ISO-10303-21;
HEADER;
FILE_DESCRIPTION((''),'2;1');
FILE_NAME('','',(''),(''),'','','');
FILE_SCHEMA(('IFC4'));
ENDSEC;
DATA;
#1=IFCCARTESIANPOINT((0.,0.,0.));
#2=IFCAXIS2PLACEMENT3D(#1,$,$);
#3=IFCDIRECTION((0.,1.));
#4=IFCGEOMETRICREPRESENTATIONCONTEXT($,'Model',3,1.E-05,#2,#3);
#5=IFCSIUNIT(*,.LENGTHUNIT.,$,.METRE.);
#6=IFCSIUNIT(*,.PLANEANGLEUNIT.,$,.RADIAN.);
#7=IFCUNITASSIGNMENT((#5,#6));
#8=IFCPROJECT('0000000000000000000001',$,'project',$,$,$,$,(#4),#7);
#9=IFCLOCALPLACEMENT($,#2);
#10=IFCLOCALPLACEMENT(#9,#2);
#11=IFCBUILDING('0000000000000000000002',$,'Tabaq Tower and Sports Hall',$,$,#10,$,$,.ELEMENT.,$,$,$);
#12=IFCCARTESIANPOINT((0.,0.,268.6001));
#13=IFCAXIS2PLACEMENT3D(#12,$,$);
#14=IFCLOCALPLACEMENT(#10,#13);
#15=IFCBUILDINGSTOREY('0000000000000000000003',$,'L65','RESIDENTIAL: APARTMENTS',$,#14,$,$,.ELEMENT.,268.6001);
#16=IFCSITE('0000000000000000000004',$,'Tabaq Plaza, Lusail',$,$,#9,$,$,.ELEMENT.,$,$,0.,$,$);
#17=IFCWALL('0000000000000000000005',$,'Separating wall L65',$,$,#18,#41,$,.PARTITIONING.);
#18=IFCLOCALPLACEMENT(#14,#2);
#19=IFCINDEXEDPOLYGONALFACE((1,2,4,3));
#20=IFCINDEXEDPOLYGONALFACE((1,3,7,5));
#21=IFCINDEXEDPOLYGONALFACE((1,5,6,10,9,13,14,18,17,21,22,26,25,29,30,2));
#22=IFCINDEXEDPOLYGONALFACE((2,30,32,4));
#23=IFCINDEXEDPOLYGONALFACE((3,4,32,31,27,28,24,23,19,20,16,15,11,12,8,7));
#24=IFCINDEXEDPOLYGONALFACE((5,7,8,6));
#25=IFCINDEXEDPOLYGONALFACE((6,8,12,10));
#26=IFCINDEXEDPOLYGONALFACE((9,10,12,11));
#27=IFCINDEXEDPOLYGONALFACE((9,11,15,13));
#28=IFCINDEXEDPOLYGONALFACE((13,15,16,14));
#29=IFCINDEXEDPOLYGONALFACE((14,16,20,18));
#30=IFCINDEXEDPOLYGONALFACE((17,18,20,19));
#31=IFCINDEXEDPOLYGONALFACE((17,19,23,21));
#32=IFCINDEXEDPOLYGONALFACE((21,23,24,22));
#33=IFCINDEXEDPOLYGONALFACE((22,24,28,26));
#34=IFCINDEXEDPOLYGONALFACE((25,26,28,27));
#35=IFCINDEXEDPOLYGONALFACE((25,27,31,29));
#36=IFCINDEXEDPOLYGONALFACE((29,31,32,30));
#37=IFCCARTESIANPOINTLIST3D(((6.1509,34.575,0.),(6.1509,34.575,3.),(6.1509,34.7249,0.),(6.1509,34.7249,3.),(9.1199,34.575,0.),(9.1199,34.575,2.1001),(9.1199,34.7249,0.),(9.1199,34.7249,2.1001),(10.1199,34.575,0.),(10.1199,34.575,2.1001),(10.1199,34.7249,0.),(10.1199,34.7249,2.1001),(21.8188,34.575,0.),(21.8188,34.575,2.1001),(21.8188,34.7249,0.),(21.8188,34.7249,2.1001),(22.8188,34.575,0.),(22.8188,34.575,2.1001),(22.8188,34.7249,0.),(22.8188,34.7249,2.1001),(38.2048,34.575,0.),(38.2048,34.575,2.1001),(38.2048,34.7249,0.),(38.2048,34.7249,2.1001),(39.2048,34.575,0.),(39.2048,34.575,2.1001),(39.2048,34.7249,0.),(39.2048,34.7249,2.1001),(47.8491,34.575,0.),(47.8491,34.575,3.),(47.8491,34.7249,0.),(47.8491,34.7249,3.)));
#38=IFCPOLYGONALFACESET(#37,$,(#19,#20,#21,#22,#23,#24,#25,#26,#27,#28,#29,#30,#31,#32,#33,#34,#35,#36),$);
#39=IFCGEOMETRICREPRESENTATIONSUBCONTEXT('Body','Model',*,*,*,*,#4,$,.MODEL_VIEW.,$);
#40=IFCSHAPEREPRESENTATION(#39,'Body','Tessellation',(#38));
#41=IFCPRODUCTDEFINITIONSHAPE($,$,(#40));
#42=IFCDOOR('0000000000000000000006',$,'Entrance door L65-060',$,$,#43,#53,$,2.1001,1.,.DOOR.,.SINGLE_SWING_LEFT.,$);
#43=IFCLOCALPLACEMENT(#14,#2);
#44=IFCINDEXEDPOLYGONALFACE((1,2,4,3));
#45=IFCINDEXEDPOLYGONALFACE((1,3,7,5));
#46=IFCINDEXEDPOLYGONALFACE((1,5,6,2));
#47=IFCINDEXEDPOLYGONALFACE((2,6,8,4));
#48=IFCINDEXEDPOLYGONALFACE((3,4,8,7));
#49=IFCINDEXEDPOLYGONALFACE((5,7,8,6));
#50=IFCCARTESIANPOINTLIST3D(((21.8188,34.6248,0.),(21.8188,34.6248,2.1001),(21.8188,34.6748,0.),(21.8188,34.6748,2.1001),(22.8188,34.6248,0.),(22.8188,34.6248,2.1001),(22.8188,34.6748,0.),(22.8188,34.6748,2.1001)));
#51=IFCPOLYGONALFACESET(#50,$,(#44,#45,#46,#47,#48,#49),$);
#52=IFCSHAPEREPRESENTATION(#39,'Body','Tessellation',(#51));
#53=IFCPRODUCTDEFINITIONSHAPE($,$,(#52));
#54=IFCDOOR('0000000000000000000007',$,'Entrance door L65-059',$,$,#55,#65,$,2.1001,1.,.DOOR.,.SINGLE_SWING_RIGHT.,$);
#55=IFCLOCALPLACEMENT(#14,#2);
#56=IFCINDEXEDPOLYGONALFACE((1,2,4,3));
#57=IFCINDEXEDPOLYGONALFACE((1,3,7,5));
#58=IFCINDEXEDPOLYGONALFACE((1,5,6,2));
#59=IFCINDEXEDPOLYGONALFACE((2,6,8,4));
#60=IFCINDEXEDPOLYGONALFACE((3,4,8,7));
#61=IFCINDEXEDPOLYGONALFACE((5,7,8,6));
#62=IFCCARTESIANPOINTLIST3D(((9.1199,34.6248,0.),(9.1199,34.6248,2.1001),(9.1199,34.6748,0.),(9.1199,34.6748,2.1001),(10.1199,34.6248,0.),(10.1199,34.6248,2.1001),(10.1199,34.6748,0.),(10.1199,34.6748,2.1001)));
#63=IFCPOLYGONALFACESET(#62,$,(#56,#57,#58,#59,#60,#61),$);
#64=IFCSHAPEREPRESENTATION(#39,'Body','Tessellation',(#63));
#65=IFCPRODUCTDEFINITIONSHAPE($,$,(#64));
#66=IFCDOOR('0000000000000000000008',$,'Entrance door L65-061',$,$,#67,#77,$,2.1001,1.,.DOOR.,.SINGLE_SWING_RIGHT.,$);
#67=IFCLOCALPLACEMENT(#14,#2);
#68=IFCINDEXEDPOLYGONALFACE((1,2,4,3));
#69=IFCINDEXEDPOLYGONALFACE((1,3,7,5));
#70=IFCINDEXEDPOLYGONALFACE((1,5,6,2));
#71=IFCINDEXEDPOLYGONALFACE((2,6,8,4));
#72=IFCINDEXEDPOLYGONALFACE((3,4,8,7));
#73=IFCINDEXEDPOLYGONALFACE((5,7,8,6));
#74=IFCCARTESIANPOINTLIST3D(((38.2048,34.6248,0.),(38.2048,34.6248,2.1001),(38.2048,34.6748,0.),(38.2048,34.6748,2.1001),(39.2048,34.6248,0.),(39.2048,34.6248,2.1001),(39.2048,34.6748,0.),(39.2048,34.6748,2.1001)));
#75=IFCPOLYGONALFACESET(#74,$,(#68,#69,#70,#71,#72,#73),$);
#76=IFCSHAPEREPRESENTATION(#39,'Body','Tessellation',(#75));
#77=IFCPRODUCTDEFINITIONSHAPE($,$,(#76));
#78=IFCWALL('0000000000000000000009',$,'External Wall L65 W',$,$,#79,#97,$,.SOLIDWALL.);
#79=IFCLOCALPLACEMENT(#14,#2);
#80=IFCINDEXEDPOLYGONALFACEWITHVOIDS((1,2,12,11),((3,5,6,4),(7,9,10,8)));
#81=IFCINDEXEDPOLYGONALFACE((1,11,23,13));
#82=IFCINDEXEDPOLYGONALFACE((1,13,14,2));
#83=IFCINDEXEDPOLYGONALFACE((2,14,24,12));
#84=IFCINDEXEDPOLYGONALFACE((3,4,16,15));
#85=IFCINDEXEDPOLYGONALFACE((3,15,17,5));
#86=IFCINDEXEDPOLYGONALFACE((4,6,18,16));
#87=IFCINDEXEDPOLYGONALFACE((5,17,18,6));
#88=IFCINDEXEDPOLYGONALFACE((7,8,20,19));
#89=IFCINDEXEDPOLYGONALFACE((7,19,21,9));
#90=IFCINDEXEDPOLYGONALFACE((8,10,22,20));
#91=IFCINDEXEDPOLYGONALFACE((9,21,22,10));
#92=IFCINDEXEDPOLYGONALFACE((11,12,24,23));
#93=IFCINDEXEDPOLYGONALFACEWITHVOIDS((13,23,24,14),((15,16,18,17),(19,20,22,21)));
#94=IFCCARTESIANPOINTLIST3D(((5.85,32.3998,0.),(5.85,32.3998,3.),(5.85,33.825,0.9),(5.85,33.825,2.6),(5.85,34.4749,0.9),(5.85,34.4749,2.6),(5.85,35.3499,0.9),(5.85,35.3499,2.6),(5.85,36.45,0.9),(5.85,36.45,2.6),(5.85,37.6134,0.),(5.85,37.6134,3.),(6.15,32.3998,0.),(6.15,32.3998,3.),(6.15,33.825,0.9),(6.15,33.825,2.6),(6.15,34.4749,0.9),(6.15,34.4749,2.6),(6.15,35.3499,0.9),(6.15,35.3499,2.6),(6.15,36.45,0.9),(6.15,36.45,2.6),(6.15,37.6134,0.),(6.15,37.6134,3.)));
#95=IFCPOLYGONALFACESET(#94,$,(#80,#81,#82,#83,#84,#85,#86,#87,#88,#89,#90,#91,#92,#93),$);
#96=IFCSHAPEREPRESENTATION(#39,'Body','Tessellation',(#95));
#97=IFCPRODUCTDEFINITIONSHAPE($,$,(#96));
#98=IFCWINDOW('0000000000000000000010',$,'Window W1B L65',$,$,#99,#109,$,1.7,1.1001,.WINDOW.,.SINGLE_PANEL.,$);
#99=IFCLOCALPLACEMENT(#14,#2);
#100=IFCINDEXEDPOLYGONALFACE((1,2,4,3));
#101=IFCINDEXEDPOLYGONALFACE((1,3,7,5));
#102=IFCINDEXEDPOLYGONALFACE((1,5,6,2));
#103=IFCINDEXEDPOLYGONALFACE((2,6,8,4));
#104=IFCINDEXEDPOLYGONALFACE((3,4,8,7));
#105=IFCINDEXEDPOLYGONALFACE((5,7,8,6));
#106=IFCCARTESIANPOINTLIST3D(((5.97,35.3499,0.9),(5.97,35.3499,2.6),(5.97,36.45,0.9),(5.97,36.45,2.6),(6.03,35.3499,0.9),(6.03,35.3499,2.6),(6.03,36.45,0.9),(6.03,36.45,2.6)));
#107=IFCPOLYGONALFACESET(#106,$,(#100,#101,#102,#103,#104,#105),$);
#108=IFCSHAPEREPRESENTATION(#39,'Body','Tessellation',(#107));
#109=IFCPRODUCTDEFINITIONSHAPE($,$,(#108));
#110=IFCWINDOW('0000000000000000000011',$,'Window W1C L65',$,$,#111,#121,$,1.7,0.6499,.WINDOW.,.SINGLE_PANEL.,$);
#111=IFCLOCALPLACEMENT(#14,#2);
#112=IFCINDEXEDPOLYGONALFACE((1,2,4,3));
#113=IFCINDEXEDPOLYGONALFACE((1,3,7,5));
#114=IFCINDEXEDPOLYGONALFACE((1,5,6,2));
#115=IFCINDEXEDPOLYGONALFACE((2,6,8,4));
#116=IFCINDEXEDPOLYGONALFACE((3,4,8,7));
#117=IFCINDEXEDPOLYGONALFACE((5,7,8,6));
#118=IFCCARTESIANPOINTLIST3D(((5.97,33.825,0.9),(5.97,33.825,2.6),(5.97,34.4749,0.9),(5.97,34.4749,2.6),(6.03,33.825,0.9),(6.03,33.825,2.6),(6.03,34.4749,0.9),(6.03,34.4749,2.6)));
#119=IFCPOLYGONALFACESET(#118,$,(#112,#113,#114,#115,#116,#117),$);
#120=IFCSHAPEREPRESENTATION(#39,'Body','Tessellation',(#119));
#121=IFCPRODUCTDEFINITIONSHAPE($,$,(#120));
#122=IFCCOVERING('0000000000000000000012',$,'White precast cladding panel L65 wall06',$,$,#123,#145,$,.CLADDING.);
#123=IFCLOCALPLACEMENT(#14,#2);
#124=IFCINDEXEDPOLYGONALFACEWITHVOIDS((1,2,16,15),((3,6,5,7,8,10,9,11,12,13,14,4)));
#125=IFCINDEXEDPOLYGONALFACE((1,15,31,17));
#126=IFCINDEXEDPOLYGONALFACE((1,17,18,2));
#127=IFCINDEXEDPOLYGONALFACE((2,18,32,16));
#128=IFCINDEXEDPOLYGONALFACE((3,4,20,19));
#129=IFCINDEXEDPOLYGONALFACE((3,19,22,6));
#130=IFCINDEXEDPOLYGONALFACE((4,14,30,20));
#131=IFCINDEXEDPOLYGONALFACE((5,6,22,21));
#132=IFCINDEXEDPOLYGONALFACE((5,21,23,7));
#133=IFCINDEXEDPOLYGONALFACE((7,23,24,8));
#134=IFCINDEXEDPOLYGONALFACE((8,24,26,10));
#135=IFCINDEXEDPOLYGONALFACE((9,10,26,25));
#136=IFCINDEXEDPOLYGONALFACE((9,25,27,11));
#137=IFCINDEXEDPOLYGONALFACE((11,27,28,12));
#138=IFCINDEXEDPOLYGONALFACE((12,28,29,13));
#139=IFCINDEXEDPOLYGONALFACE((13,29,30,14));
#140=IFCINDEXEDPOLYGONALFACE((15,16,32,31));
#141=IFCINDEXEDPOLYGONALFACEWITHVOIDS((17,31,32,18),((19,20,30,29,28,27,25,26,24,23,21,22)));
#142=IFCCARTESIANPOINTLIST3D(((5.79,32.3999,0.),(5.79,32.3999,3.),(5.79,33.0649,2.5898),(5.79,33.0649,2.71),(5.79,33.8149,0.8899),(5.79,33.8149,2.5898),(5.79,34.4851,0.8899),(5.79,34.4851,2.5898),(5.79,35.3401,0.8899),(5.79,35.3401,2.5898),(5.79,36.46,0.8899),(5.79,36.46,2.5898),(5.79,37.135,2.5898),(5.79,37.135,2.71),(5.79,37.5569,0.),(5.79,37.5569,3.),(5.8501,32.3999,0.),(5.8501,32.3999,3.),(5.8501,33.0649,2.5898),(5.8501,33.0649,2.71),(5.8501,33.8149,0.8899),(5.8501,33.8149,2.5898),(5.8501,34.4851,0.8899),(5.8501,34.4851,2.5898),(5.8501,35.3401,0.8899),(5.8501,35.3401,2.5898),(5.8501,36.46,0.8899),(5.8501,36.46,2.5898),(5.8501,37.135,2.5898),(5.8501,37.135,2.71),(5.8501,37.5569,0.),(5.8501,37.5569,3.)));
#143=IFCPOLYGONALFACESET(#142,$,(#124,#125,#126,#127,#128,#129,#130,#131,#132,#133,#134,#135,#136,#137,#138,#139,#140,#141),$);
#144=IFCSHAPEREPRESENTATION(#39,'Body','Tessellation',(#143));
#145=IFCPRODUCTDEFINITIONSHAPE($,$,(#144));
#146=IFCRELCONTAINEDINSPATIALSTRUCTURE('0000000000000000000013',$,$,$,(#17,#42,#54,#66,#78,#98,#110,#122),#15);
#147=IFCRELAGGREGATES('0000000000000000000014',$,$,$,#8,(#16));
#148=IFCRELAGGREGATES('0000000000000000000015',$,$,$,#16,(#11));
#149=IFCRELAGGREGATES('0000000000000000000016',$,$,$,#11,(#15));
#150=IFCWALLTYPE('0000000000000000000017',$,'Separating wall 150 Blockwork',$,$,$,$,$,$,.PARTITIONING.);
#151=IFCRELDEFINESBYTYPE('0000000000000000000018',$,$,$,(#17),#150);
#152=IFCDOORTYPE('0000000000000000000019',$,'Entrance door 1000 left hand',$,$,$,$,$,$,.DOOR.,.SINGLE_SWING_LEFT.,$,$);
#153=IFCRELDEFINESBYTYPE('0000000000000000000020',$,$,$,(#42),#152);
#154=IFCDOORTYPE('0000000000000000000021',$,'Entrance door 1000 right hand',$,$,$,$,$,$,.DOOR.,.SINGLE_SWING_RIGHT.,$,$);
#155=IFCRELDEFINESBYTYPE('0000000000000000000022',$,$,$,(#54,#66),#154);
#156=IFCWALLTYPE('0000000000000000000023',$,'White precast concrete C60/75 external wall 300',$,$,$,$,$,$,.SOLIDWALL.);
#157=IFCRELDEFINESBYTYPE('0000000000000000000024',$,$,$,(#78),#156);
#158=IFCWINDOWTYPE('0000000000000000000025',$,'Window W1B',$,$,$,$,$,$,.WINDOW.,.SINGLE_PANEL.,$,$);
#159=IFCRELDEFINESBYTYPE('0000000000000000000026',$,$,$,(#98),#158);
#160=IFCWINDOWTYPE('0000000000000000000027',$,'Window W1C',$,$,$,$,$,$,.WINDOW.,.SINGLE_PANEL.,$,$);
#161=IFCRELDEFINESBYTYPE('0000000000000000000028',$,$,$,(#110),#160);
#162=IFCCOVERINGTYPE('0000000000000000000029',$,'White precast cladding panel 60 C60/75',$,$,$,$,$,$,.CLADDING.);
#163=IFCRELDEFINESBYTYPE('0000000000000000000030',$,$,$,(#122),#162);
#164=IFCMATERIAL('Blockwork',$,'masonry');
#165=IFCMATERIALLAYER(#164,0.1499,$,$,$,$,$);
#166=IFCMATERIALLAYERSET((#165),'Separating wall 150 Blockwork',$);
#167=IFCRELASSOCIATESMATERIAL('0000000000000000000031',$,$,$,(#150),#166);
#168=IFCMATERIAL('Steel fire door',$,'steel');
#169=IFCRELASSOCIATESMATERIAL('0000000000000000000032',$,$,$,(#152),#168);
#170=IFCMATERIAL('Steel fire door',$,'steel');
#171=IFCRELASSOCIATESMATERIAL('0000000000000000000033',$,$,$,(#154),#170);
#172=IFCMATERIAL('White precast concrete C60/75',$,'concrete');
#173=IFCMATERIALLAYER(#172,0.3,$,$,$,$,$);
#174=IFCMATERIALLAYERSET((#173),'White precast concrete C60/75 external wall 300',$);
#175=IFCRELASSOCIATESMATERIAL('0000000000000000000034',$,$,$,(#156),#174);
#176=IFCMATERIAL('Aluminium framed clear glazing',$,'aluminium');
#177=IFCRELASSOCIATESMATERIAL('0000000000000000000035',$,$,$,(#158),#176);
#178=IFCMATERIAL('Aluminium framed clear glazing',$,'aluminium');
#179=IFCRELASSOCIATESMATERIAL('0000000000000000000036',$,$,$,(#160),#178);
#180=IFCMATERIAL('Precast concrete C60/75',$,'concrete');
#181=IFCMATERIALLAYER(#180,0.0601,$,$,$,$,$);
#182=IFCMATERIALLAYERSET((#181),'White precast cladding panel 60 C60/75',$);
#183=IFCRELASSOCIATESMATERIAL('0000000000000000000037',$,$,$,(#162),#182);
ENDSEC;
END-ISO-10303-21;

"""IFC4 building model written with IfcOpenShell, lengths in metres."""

from ifc_helpers import new_model, si_unit, direction, frame, frame_2d, origin, place, context, subcontext, project, spatial, polyline, rectangle, outline, extrude, material, layer, layer_set, type_object, element, fill, save


model = new_model("IFC4")

# Units and contexts
model_context = context("Model", 3, precision=1e-05, world=origin(), true_north=direction((0.0, 1.0)))
body_context = subcontext(model_context, "Body", "Model", "MODEL_VIEW")
ifc_project = project(units=[si_unit("LENGTHUNIT", "METRE"), si_unit("PLANEANGLEUNIT", "RADIAN")], contexts=[model_context])

# Site, building, storey
site_placement = place(None, origin())
site = spatial("IfcSite", under=ifc_project, at=site_placement, Name="Tabaq Plaza, Lusail", CompositionType="ELEMENT", RefElevation=0.0)
building_placement = place(site_placement, origin())
building = spatial("IfcBuilding", under=site, at=building_placement, Name="Tabaq Tower and Sports Hall", CompositionType="ELEMENT")
storey_placement = place(building_placement, frame((0.0, 0.0, 268.6001)))
storey = spatial("IfcBuildingStorey", under=building, at=storey_placement, Name="L65", Description="RESIDENTIAL: APARTMENTS", CompositionType="ELEMENT", Elevation=268.6001)

# Wall, openings, doors
ifc_material_1 = material(Name="Blockwork", Category="masonry")
ifc_layer_1 = layer(ifc_material_1, 0.1499)
ifc_layer_set_1 = layer_set([ifc_layer_1], Name="Separating wall 150 Blockwork")
wall_type_1 = type_object("IfcWallType", Name="Separating wall 150 Blockwork", PredefinedType="PARTITIONING", material=ifc_layer_set_1)
wall_1_placement = place(storey_placement, frame((6.1509, 34.6499, 0.0), z_axis=(0.0, 0.0, 1.0), x_axis=(1.0, 0.0, 0.0)))
wall_1 = element("IfcWall", 1, at=wall_1_placement, inside=storey, type_object=wall_type_1, Name="Separating wall L65", PredefinedType="PARTITIONING", context=body_context, shape_type="SweptSolid", body=[
    extrude(rectangle(XDim=41.6982, YDim=0.1499, at=frame_2d((20.8491, 0.0))), origin(), (0.0, 0.0, 1.0), 3.0),
])
opening_1_placement = place(wall_1_placement, frame((2.969, 0.0, 0.0)))
opening_1 = element("IfcOpeningElement", 2, at=opening_1_placement, cuts=wall_1, PredefinedType="OPENING", context=body_context, shape_type="SweptSolid", body=[
    extrude(rectangle(XDim=1.0, YDim=2.1001, at=frame_2d((0.5, 1.05))), frame((0.0, 0.075, 0.0), z_axis=(0.0, -1.0, 0.0), x_axis=(1.0, 0.0, 0.0)), (0.0, 0.0, 1.0), 0.1499),
])
opening_2_placement = place(wall_1_placement, frame((15.668, 0.0, 0.0)))
opening_2 = element("IfcOpeningElement", 3, at=opening_2_placement, cuts=wall_1, PredefinedType="OPENING", context=body_context, shape_type="SweptSolid", body=[
    extrude(rectangle(XDim=1.0, YDim=2.1001, at=frame_2d((0.5, 1.05))), frame((0.0, 0.075, 0.0), z_axis=(0.0, -1.0, 0.0), x_axis=(1.0, 0.0, 0.0)), (0.0, 0.0, 1.0), 0.1499),
])
opening_3_placement = place(wall_1_placement, frame((32.054, 0.0, 0.0)))
opening_3 = element("IfcOpeningElement", 4, at=opening_3_placement, cuts=wall_1, PredefinedType="OPENING", context=body_context, shape_type="SweptSolid", body=[
    extrude(rectangle(XDim=1.0, YDim=2.1001, at=frame_2d((0.5, 1.05))), frame((0.0, 0.075, 0.0), z_axis=(0.0, -1.0, 0.0), x_axis=(1.0, 0.0, 0.0)), (0.0, 0.0, 1.0), 0.1499),
])
ifc_material_2 = material(Name="Steel fire door", Category="steel")
door_type_1 = type_object("IfcDoorType", Name="Entrance door 1000 left hand", OperationType="SINGLE_SWING_LEFT", PredefinedType="DOOR", material=ifc_material_2)
door_1_placement = place(opening_2_placement, origin())
door_1 = element("IfcDoor", 5, at=door_1_placement, inside=storey, type_object=door_type_1, Name="Entrance door L65-060", OperationType="SINGLE_SWING_LEFT", OverallHeight=2.1001, OverallWidth=1.0, PredefinedType="DOOR", context=body_context, shape_type="SweptSolid", body=[
    extrude(rectangle(XDim=1.0, YDim=2.1001, at=frame_2d((0.5, 1.05))), frame((0.0, 0.0249, 0.0), z_axis=(0.0, -1.0, 0.0), x_axis=(1.0, 0.0, 0.0)), (0.0, 0.0, 1.0), 0.05),
])
fill(opening_2, door_1)
ifc_material_3 = material(Name="Steel fire door", Category="steel")
door_type_2 = type_object("IfcDoorType", Name="Entrance door 1000 right hand", OperationType="SINGLE_SWING_RIGHT", PredefinedType="DOOR", material=ifc_material_3)
door_2_placement = place(opening_1_placement, origin())
door_2 = element("IfcDoor", 6, at=door_2_placement, inside=storey, type_object=door_type_2, Name="Entrance door L65-059", OperationType="SINGLE_SWING_RIGHT", OverallHeight=2.1001, OverallWidth=1.0, PredefinedType="DOOR", context=body_context, shape_type="SweptSolid", body=[
    extrude(rectangle(XDim=1.0, YDim=2.1001, at=frame_2d((0.5, 1.05))), frame((0.0, 0.0249, 0.0), z_axis=(0.0, -1.0, 0.0), x_axis=(1.0, 0.0, 0.0)), (0.0, 0.0, 1.0), 0.05),
])
fill(opening_1, door_2)
door_3_placement = place(opening_3_placement, origin())
door_3 = element("IfcDoor", 7, at=door_3_placement, inside=storey, type_object=door_type_2, Name="Entrance door L65-061", OperationType="SINGLE_SWING_RIGHT", OverallHeight=2.1001, OverallWidth=1.0, PredefinedType="DOOR", context=body_context, shape_type="SweptSolid", body=[
    extrude(rectangle(XDim=1.0, YDim=2.1001, at=frame_2d((0.5, 1.05))), frame((0.0, 0.0249, 0.0), z_axis=(0.0, -1.0, 0.0), x_axis=(1.0, 0.0, 0.0)), (0.0, 0.0, 1.0), 0.05),
])
fill(opening_3, door_3)

# Wall, openings, windows
ifc_material_4 = material(Name="White precast concrete C60/75", Category="concrete")
ifc_layer_2 = layer(ifc_material_4, 0.3)
ifc_layer_set_2 = layer_set([ifc_layer_2], Name="White precast concrete C60/75 external wall 300")
wall_type_2 = type_object("IfcWallType", Name="White precast concrete C60/75 external wall 300", PredefinedType="SOLIDWALL", material=ifc_layer_set_2)
wall_2_placement = place(storey_placement, frame((6.0, 37.6135, 0.0), z_axis=(0.0, 0.0, 1.0), x_axis=(0.0, -1.0, 0.0)))
wall_2 = element("IfcWall", 8, at=wall_2_placement, inside=storey, type_object=wall_type_2, Name="External Wall L65 W", PredefinedType="SOLIDWALL", context=body_context, shape_type="SweptSolid", body=[
    extrude(rectangle(XDim=5.2136, YDim=0.3, at=frame_2d((2.6069, 0.0))), origin(), (0.0, 0.0, 1.0), 3.0),
])
opening_4_placement = place(wall_2_placement, frame((1.1636, 0.0, 0.8999)))
opening_4 = element("IfcOpeningElement", 9, at=opening_4_placement, cuts=wall_2, PredefinedType="OPENING", context=body_context, shape_type="SweptSolid", body=[
    extrude(rectangle(XDim=1.1001, YDim=1.7, at=frame_2d((0.55, 0.8501))), frame((0.0, 0.1602, 0.0), z_axis=(0.0, -1.0, 0.0), x_axis=(1.0, 0.0, 0.0)), (0.0, 0.0, 1.0), 0.3201),
])
opening_5_placement = place(wall_2_placement, frame((3.1387, 0.0, 0.8999)))
opening_5 = element("IfcOpeningElement", 10, at=opening_5_placement, cuts=wall_2, PredefinedType="OPENING", context=body_context, shape_type="SweptSolid", body=[
    extrude(rectangle(XDim=0.6499, YDim=1.7, at=frame_2d((0.325, 0.8501))), frame((0.0, 0.1602, 0.0), z_axis=(0.0, -1.0, 0.0), x_axis=(1.0, 0.0, 0.0)), (0.0, 0.0, 1.0), 0.3201),
])
ifc_material_5 = material(Name="Aluminium framed clear glazing", Category="aluminium")
window_type_1 = type_object("IfcWindowType", Name="Window W1B", PartitioningType="SINGLE_PANEL", PredefinedType="WINDOW", material=ifc_material_5)
window_1_placement = place(opening_4_placement, origin())
window_1 = element("IfcWindow", 11, at=window_1_placement, inside=storey, type_object=window_type_1, Name="Window W1B L65", OverallHeight=1.7, OverallWidth=1.1001, PartitioningType="SINGLE_PANEL", PredefinedType="WINDOW", context=body_context, shape_type="SweptSolid", body=[
    extrude(rectangle(XDim=1.1001, YDim=1.7, at=frame_2d((0.55, 0.8501))), frame((0.0, 0.03, 0.0), z_axis=(0.0, -1.0, 0.0), x_axis=(1.0, 0.0, 0.0)), (0.0, 0.0, 1.0), 0.0601),
])
fill(opening_4, window_1)
ifc_material_6 = material(Name="Aluminium framed clear glazing", Category="aluminium")
window_type_2 = type_object("IfcWindowType", Name="Window W1C", PartitioningType="SINGLE_PANEL", PredefinedType="WINDOW", material=ifc_material_6)
window_2_placement = place(opening_5_placement, origin())
window_2 = element("IfcWindow", 12, at=window_2_placement, inside=storey, type_object=window_type_2, Name="Window W1C L65", OverallHeight=1.7, OverallWidth=0.6499, PartitioningType="SINGLE_PANEL", PredefinedType="WINDOW", context=body_context, shape_type="SweptSolid", body=[
    extrude(rectangle(XDim=0.6499, YDim=1.7, at=frame_2d((0.325, 0.8501))), frame((0.0, 0.03, 0.0), z_axis=(0.0, -1.0, 0.0), x_axis=(1.0, 0.0, 0.0)), (0.0, 0.0, 1.0), 0.0601),
])
fill(opening_5, window_2)

# Covering
ifc_material_7 = material(Name="Precast concrete C60/75", Category="concrete")
ifc_layer_3 = layer(ifc_material_7, 0.0601)
ifc_layer_set_3 = layer_set([ifc_layer_3], Name="White precast cladding panel 60 C60/75")
covering_type = type_object("IfcCoveringType", Name="White precast cladding panel 60 C60/75", PredefinedType="CLADDING", material=ifc_layer_set_3)
covering_placement = place(storey_placement, frame((5.8201, 37.5569, 0.0), z_axis=(0.0, 0.0, 1.0), x_axis=(0.0, -1.0, 0.0)))
element("IfcCovering", 13, at=covering_placement, inside=storey, type_object=covering_type, Name="White precast cladding panel L65 wall06", PredefinedType="CLADDING", context=body_context, shape_type="SweptSolid", body=[
    extrude(outline(polyline([(0.0, 0.0), (5.157, 0.0), (5.157, 3.0), (0.0, 3.0), (0.0, 0.0)]), holes=[polyline([(1.0969, 2.5898), (0.4219, 2.5898), (0.4219, 2.71), (4.4919, 2.71), (4.4919, 2.5898), (3.7419, 2.5898), (3.7419, 0.8899), (3.0718, 0.8899), (3.0718, 2.5898), (2.2168, 2.5898), (2.2168, 0.8899), (1.0969, 0.8899), (1.0969, 2.5898)])]), frame((0.0, 0.03, 0.0), z_axis=(0.0, -1.0, 0.0), x_axis=(1.0, 0.0, 0.0)), (0.0, 0.0, 1.0), 0.0601),
])

save(model, "model.ifc")
